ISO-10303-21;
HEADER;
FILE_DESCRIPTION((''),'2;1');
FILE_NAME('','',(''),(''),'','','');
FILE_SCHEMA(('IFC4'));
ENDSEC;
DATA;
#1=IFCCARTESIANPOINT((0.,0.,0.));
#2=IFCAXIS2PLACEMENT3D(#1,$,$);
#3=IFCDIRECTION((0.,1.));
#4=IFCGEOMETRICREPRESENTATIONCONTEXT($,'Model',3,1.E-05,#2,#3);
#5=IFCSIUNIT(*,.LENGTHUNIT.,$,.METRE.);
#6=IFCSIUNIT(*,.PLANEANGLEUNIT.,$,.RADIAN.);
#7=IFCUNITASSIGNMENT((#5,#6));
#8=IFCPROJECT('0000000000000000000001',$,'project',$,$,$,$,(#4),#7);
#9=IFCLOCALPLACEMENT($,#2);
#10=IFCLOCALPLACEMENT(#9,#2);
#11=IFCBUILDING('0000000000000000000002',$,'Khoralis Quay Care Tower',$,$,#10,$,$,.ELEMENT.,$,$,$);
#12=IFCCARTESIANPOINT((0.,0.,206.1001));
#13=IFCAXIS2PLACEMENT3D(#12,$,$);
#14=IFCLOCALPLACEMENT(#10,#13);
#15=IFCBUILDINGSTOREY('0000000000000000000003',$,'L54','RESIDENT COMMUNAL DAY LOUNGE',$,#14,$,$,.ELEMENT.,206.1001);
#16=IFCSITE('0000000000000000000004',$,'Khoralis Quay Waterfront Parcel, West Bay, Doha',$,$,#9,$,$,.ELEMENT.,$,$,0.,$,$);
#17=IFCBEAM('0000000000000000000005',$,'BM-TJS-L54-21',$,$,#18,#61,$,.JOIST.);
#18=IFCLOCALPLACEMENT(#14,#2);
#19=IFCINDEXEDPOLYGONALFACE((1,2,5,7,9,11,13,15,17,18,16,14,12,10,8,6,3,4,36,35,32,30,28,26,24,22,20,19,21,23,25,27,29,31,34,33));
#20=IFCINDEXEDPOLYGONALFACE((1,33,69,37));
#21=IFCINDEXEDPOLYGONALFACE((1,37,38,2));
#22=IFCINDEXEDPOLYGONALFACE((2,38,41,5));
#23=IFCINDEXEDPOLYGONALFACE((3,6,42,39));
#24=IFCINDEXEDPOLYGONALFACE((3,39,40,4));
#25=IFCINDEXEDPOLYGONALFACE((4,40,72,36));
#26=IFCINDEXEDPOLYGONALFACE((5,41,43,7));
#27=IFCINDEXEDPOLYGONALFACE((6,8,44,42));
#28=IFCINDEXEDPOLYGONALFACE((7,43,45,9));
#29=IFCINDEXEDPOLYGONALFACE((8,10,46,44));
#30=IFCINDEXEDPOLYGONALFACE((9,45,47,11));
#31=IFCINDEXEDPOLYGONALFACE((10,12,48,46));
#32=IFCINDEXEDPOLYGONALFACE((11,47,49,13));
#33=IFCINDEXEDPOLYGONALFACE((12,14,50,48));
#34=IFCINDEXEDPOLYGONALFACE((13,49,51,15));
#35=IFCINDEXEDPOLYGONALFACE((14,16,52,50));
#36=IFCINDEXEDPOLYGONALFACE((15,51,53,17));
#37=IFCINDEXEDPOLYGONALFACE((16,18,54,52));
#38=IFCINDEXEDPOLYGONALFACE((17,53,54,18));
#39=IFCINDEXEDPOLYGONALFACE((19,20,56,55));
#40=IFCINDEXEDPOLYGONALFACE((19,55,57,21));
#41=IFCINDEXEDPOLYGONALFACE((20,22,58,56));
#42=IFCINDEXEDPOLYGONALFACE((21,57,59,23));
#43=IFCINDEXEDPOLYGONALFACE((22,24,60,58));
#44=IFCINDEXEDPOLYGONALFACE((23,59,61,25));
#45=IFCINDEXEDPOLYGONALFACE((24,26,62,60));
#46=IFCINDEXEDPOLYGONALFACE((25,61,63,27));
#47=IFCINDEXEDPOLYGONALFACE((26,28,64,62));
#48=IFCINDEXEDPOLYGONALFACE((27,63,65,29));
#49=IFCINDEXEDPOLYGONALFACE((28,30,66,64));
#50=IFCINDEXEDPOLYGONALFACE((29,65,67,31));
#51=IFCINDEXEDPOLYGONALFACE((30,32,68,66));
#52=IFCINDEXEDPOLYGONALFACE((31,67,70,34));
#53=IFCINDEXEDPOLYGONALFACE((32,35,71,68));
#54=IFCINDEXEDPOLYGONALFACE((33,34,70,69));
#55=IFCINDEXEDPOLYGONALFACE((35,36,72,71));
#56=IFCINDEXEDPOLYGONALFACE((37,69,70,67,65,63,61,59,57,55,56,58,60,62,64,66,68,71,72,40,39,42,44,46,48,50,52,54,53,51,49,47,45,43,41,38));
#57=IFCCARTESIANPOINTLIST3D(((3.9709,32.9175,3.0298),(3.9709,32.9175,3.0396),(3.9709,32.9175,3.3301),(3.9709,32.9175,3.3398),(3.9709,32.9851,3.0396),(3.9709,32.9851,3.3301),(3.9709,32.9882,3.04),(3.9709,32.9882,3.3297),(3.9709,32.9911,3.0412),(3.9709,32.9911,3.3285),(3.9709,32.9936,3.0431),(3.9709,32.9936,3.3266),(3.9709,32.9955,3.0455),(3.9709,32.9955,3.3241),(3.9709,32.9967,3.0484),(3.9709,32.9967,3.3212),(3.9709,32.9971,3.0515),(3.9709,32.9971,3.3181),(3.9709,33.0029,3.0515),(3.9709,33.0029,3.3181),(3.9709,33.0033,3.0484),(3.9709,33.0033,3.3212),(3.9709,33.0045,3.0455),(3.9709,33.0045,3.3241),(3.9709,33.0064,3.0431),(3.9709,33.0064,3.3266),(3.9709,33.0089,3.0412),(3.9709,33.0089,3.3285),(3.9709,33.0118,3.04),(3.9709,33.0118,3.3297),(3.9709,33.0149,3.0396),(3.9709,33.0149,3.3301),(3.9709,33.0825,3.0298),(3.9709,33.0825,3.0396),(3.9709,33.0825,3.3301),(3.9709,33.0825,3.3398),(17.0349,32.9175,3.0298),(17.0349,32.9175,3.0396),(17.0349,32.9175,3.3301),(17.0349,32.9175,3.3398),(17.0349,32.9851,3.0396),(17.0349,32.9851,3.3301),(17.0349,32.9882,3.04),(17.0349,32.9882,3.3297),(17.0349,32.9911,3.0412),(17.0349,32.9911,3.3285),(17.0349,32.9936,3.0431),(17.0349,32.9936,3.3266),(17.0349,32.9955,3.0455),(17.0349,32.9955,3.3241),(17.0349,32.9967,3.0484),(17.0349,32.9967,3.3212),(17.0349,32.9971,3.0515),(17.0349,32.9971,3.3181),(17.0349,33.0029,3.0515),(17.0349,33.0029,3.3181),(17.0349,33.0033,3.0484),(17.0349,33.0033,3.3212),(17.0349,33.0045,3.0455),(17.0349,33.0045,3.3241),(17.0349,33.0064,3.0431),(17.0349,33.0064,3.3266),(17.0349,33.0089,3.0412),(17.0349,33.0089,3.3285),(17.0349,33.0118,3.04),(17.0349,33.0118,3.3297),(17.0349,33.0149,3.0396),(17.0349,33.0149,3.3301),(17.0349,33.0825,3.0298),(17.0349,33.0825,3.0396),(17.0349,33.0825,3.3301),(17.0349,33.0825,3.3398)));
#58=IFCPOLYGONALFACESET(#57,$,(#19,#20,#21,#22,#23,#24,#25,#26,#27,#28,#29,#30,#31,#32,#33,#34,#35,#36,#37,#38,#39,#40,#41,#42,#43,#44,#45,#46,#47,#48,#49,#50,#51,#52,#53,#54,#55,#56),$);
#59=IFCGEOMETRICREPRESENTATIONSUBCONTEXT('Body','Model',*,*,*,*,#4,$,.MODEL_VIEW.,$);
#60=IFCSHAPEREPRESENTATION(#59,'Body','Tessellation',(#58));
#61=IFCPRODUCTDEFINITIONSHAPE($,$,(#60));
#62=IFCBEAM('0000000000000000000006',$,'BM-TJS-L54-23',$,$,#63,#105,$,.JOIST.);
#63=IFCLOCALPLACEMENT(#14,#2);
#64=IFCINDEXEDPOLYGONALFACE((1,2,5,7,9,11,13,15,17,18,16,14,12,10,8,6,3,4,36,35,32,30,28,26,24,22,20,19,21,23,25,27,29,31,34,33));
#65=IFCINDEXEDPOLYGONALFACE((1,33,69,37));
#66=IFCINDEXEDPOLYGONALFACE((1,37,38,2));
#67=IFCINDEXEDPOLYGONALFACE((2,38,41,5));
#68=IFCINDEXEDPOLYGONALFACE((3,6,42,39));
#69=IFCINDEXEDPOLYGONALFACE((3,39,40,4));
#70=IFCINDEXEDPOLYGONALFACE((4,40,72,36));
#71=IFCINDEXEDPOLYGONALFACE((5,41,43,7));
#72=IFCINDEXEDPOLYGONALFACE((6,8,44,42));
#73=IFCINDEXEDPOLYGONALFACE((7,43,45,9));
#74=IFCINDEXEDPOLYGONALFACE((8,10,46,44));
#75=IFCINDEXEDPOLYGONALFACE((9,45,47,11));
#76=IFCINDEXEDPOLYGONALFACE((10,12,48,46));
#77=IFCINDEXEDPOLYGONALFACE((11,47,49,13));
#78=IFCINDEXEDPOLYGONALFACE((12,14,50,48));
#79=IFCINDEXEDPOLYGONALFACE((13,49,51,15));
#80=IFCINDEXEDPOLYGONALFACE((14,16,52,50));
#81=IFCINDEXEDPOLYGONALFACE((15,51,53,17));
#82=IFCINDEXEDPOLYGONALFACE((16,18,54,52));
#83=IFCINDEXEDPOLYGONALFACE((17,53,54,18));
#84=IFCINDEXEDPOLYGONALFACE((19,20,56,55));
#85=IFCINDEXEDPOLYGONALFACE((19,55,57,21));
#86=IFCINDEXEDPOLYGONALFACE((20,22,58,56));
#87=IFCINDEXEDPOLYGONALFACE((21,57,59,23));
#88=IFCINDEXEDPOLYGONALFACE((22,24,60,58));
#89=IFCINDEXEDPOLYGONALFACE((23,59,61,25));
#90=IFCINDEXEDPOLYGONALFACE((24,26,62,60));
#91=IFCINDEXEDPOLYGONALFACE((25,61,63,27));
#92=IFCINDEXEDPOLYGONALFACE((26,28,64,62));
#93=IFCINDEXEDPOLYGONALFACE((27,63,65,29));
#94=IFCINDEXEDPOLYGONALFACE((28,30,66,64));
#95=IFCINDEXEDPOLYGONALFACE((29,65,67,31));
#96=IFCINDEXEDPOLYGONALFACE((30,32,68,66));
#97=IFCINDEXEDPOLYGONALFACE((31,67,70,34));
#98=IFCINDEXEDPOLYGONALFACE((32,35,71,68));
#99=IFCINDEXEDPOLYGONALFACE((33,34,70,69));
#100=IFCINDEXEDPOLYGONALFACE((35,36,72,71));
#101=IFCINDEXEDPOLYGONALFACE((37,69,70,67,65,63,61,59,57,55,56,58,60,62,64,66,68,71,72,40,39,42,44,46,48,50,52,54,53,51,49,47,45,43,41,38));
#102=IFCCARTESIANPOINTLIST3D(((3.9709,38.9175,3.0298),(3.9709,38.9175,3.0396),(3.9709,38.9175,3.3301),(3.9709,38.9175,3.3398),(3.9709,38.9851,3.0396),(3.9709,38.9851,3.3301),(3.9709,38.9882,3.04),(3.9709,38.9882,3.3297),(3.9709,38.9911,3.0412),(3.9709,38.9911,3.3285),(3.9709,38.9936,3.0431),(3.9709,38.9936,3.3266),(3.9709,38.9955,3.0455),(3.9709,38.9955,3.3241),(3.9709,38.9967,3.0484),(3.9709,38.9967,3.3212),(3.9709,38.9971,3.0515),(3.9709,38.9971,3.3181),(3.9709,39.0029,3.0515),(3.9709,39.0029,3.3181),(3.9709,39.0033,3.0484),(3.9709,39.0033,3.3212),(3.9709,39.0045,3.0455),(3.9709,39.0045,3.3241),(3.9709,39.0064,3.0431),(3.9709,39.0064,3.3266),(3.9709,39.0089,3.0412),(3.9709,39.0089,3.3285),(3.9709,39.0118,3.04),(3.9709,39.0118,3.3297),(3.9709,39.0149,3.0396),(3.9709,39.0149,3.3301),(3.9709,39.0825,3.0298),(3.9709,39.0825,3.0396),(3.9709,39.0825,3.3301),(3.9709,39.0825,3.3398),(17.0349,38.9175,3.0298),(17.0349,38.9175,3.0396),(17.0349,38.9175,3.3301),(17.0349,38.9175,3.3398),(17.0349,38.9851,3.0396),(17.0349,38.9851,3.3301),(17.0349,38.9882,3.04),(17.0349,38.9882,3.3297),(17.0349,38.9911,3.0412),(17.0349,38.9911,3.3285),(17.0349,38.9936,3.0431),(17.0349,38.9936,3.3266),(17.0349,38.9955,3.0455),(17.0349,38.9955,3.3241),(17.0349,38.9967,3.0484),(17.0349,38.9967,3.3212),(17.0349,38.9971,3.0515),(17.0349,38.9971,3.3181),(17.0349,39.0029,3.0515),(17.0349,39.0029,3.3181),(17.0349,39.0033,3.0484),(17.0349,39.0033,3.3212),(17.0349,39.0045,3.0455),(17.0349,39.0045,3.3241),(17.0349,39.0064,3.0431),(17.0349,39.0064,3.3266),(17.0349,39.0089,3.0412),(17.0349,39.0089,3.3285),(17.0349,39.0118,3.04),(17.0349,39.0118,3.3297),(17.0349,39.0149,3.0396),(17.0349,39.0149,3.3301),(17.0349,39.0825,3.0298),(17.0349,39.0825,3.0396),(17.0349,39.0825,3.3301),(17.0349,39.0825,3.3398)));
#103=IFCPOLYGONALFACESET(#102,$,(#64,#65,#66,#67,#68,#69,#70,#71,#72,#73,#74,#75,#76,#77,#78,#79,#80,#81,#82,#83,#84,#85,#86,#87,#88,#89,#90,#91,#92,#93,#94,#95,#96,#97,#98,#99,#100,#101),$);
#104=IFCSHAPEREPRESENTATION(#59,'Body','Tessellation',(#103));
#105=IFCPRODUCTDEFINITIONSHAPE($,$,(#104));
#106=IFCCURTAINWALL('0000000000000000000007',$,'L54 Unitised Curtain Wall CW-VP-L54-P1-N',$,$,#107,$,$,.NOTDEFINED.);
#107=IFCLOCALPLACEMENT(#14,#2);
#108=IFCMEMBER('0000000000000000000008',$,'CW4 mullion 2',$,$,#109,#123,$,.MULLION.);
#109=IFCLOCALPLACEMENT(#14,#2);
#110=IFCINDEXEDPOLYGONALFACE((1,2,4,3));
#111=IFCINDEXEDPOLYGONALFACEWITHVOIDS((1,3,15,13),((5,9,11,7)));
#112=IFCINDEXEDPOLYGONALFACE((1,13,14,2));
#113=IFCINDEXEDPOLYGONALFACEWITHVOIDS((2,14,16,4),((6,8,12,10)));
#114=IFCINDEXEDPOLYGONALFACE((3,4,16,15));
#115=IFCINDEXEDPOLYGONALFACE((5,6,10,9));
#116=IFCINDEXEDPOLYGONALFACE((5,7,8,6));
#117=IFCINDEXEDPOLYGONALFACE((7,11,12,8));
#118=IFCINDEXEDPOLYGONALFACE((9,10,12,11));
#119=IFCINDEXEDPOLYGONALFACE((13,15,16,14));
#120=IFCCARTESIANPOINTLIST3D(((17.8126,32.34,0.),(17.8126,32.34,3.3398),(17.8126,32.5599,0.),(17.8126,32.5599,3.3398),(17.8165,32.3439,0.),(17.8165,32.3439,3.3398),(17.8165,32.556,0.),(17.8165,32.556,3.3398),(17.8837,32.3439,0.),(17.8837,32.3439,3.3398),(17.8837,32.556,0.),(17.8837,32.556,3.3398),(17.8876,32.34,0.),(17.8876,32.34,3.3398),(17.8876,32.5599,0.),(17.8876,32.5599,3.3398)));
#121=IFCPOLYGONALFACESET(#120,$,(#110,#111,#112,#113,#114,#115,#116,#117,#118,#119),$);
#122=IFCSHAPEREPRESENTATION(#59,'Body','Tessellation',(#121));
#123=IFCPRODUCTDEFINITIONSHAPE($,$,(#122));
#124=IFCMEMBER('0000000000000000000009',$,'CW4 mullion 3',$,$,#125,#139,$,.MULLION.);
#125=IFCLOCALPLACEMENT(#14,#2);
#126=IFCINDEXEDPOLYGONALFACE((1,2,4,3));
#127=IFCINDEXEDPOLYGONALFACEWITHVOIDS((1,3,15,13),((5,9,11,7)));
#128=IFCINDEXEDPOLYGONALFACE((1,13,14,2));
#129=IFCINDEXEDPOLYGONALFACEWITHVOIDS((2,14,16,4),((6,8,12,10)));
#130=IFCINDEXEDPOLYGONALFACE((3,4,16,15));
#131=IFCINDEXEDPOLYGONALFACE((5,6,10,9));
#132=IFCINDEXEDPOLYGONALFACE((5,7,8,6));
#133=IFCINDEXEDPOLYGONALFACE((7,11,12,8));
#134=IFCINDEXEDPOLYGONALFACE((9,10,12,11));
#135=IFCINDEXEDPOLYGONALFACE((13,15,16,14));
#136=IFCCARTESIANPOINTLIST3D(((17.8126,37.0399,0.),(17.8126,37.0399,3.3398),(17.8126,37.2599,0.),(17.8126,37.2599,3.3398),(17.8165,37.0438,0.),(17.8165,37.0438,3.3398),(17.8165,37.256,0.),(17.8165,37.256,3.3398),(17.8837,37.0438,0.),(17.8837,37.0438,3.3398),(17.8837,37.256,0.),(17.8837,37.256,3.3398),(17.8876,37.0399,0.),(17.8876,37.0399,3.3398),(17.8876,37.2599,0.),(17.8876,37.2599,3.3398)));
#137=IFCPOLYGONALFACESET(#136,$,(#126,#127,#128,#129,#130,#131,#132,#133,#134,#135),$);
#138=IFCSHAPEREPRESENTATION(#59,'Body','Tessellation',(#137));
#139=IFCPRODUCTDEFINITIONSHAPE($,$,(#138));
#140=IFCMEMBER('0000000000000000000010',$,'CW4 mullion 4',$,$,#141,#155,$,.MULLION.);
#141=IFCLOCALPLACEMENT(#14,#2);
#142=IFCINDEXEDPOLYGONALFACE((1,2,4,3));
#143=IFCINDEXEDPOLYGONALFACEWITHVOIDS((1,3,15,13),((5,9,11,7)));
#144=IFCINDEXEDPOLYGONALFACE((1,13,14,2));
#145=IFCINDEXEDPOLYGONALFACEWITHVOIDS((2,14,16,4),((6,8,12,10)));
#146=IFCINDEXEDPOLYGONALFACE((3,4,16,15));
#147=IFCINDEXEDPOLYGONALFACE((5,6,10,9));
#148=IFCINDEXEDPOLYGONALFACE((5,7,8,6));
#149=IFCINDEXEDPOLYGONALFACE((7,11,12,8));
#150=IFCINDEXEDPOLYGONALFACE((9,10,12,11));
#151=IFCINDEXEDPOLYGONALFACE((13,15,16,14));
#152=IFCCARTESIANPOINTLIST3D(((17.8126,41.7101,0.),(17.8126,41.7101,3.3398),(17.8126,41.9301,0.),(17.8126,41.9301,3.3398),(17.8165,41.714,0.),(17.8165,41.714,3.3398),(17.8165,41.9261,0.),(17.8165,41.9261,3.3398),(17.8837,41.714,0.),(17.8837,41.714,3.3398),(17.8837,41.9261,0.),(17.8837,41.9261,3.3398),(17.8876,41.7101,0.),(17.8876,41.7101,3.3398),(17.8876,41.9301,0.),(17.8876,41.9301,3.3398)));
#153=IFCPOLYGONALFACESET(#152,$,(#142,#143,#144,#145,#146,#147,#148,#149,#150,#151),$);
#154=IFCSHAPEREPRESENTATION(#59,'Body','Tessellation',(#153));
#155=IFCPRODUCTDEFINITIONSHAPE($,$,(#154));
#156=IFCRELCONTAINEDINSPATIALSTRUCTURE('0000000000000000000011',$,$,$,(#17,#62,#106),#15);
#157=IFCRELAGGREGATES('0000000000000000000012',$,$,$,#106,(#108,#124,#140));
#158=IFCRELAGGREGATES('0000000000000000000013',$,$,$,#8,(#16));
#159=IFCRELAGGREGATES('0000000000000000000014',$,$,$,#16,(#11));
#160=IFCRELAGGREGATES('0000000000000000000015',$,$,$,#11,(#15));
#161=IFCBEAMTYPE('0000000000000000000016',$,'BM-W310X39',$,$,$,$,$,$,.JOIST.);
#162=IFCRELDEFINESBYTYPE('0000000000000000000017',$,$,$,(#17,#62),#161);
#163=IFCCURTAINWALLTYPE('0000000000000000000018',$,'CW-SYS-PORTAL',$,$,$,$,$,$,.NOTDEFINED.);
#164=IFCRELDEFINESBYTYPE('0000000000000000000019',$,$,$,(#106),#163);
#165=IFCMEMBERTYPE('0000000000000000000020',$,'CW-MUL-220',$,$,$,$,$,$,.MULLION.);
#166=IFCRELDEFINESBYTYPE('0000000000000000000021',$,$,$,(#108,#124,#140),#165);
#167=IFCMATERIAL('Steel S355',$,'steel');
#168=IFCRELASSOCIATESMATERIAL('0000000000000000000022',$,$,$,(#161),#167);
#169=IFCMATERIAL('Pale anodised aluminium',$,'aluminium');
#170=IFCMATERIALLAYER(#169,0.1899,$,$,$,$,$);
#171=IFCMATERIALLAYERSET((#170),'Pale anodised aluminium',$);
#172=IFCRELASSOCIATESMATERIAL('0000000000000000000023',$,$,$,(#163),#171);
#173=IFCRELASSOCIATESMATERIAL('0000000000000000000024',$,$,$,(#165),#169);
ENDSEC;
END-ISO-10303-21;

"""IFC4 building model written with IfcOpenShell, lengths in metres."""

from ifc_helpers import new_model, si_unit, direction, frame, origin, origin_2d, place, context, subcontext, project, spatial, hollow_rectangle, i_section, extrude, source, transform, mapped, material, layer, layer_set, material_profile, profile_set, type_object, element, aggregate, save


model = new_model("IFC4")

# Units and contexts
model_context = context("Model", 3, precision=1e-05, world=origin(), true_north=direction((0.0, 1.0)))
body_context = subcontext(model_context, "Body", "Model", "MODEL_VIEW")
ifc_project = project(units=[si_unit("LENGTHUNIT", "METRE"), si_unit("PLANEANGLEUNIT", "RADIAN")], contexts=[model_context])

# Site, building, storey
site_placement = place(None, origin())
site = spatial("IfcSite", under=ifc_project, at=site_placement, Name="Khoralis Quay Waterfront Parcel, West Bay, Doha", CompositionType="ELEMENT", RefElevation=0.0)
building_placement = place(site_placement, origin())
building = spatial("IfcBuilding", under=site, at=building_placement, Name="Khoralis Quay Care Tower", CompositionType="ELEMENT")
storey_placement = place(building_placement, frame((0.0, 0.0, 206.1001)))
storey = spatial("IfcBuildingStorey", under=building, at=storey_placement, Name="L54", Description="RESIDENT COMMUNAL DAY LOUNGE", CompositionType="ELEMENT", Elevation=206.1001)

# Beams
ifc_material_1 = material(Name="Steel S355", Category="steel")
ifc_material_profile_1 = material_profile(ifc_material_1, i_section(OverallWidth=0.165, OverallDepth=0.3101, WebThickness=0.0059, FlangeThickness=0.0098, FilletRadius=0.012, at=origin_2d()), Name="Steel S355")
ifc_profile_set_1 = profile_set([ifc_material_profile_1], Name="Steel S355")
beam_type_1 = type_object("IfcBeamType", Name="BM-W310X39", PredefinedType="JOIST", material=ifc_profile_set_1)
shared_shape_1 = source(origin(), body_context, "Body", "SweptSolid", [
    extrude(i_section(OverallWidth=0.165, OverallDepth=0.3101, WebThickness=0.0059, FlangeThickness=0.0098, FilletRadius=0.012, at=origin_2d()), origin(), (0.0, 0.0, 1.0), 13.064),
])
for number, where, z_axis, x_axis, name in (
    (1, (3.9709, 33.0, 3.1848), (1.0, 0.0, 0.0), (0.0, 1.0, 0.0), "BM-TJS-L54-21"),
    (2, (3.9709, 39.0, 3.1848), (1.0, 0.0, 0.0), (0.0, 1.0, 0.0), "BM-TJS-L54-23"),
):
    element("IfcBeam", number, at=place(storey_placement, frame(where, z_axis=z_axis, x_axis=x_axis)), inside=storey, type_object=beam_type_1, Name=name, PredefinedType="JOIST", context=body_context, shape_type="MappedRepresentation", body=[
        mapped(shared_shape_1, transform((0.0, 0.0, 0.0), scale=1.0)),
    ])

# Curtain wall, members
ifc_material_2 = material(Name="Pale anodised aluminium", Category="aluminium")
ifc_layer_1 = layer(ifc_material_2, 0.1899)
ifc_layer_set_1 = layer_set([ifc_layer_1], Name="Pale anodised aluminium")
curtain_wall_type = type_object("IfcCurtainWallType", Name="CW-SYS-PORTAL", PredefinedType="NOTDEFINED", material=ifc_layer_set_1)
curtain_wall_placement = place(storey_placement, origin())
curtain_wall = element("IfcCurtainWall", 3, at=curtain_wall_placement, inside=storey, type_object=curtain_wall_type, Name="L54 Unitised Curtain Wall CW-VP-L54-P1-N", PredefinedType="NOTDEFINED")
ifc_material_profile_2 = material_profile(ifc_material_2, hollow_rectangle(XDim=0.075, YDim=0.22, WallThickness=0.0039, at=origin_2d()), Name="Pale anodised aluminium")
ifc_profile_set_2 = profile_set([ifc_material_profile_2], Name="Pale anodised aluminium")
member_type = type_object("IfcMemberType", Name="CW-MUL-220", PredefinedType="MULLION", material=ifc_profile_set_2)
shared_shape_2 = source(origin(), body_context, "Body", "SweptSolid", [
    extrude(hollow_rectangle(XDim=0.075, YDim=0.22, WallThickness=0.0039, at=origin_2d()), origin(), (0.0, 0.0, 1.0), 3.3398),
])
member_1_placement = place(storey_placement, frame((17.8501, 32.45, 0.0), z_axis=(0.0, 0.0, 1.0), x_axis=(-1.0, 0.0, 0.0)))
member_1 = element("IfcMember", 4, at=member_1_placement, type_object=member_type, Name="CW4 mullion 2", PredefinedType="MULLION", context=body_context, shape_type="MappedRepresentation", body=[
    mapped(shared_shape_2, transform((0.0, 0.0, 0.0), scale=1.0)),
])
member_2_placement = place(storey_placement, frame((17.8501, 37.1499, 0.0), z_axis=(0.0, 0.0, 1.0), x_axis=(-1.0, 0.0, 0.0)))
member_2 = element("IfcMember", 5, at=member_2_placement, type_object=member_type, Name="CW4 mullion 3", PredefinedType="MULLION", context=body_context, shape_type="MappedRepresentation", body=[
    mapped(shared_shape_2, transform((0.0, 0.0, 0.0), scale=1.0)),
])
member_3_placement = place(storey_placement, frame((17.8501, 41.8201, 0.0), z_axis=(0.0, 0.0, 1.0), x_axis=(-1.0, 0.0, 0.0)))
member_3 = element("IfcMember", 6, at=member_3_placement, type_object=member_type, Name="CW4 mullion 4", PredefinedType="MULLION", context=body_context, shape_type="MappedRepresentation", body=[
    mapped(shared_shape_2, transform((0.0, 0.0, 0.0), scale=1.0)),
])
aggregate(curtain_wall, [member_1, member_2, member_3])

save(model, "model.ifc")
